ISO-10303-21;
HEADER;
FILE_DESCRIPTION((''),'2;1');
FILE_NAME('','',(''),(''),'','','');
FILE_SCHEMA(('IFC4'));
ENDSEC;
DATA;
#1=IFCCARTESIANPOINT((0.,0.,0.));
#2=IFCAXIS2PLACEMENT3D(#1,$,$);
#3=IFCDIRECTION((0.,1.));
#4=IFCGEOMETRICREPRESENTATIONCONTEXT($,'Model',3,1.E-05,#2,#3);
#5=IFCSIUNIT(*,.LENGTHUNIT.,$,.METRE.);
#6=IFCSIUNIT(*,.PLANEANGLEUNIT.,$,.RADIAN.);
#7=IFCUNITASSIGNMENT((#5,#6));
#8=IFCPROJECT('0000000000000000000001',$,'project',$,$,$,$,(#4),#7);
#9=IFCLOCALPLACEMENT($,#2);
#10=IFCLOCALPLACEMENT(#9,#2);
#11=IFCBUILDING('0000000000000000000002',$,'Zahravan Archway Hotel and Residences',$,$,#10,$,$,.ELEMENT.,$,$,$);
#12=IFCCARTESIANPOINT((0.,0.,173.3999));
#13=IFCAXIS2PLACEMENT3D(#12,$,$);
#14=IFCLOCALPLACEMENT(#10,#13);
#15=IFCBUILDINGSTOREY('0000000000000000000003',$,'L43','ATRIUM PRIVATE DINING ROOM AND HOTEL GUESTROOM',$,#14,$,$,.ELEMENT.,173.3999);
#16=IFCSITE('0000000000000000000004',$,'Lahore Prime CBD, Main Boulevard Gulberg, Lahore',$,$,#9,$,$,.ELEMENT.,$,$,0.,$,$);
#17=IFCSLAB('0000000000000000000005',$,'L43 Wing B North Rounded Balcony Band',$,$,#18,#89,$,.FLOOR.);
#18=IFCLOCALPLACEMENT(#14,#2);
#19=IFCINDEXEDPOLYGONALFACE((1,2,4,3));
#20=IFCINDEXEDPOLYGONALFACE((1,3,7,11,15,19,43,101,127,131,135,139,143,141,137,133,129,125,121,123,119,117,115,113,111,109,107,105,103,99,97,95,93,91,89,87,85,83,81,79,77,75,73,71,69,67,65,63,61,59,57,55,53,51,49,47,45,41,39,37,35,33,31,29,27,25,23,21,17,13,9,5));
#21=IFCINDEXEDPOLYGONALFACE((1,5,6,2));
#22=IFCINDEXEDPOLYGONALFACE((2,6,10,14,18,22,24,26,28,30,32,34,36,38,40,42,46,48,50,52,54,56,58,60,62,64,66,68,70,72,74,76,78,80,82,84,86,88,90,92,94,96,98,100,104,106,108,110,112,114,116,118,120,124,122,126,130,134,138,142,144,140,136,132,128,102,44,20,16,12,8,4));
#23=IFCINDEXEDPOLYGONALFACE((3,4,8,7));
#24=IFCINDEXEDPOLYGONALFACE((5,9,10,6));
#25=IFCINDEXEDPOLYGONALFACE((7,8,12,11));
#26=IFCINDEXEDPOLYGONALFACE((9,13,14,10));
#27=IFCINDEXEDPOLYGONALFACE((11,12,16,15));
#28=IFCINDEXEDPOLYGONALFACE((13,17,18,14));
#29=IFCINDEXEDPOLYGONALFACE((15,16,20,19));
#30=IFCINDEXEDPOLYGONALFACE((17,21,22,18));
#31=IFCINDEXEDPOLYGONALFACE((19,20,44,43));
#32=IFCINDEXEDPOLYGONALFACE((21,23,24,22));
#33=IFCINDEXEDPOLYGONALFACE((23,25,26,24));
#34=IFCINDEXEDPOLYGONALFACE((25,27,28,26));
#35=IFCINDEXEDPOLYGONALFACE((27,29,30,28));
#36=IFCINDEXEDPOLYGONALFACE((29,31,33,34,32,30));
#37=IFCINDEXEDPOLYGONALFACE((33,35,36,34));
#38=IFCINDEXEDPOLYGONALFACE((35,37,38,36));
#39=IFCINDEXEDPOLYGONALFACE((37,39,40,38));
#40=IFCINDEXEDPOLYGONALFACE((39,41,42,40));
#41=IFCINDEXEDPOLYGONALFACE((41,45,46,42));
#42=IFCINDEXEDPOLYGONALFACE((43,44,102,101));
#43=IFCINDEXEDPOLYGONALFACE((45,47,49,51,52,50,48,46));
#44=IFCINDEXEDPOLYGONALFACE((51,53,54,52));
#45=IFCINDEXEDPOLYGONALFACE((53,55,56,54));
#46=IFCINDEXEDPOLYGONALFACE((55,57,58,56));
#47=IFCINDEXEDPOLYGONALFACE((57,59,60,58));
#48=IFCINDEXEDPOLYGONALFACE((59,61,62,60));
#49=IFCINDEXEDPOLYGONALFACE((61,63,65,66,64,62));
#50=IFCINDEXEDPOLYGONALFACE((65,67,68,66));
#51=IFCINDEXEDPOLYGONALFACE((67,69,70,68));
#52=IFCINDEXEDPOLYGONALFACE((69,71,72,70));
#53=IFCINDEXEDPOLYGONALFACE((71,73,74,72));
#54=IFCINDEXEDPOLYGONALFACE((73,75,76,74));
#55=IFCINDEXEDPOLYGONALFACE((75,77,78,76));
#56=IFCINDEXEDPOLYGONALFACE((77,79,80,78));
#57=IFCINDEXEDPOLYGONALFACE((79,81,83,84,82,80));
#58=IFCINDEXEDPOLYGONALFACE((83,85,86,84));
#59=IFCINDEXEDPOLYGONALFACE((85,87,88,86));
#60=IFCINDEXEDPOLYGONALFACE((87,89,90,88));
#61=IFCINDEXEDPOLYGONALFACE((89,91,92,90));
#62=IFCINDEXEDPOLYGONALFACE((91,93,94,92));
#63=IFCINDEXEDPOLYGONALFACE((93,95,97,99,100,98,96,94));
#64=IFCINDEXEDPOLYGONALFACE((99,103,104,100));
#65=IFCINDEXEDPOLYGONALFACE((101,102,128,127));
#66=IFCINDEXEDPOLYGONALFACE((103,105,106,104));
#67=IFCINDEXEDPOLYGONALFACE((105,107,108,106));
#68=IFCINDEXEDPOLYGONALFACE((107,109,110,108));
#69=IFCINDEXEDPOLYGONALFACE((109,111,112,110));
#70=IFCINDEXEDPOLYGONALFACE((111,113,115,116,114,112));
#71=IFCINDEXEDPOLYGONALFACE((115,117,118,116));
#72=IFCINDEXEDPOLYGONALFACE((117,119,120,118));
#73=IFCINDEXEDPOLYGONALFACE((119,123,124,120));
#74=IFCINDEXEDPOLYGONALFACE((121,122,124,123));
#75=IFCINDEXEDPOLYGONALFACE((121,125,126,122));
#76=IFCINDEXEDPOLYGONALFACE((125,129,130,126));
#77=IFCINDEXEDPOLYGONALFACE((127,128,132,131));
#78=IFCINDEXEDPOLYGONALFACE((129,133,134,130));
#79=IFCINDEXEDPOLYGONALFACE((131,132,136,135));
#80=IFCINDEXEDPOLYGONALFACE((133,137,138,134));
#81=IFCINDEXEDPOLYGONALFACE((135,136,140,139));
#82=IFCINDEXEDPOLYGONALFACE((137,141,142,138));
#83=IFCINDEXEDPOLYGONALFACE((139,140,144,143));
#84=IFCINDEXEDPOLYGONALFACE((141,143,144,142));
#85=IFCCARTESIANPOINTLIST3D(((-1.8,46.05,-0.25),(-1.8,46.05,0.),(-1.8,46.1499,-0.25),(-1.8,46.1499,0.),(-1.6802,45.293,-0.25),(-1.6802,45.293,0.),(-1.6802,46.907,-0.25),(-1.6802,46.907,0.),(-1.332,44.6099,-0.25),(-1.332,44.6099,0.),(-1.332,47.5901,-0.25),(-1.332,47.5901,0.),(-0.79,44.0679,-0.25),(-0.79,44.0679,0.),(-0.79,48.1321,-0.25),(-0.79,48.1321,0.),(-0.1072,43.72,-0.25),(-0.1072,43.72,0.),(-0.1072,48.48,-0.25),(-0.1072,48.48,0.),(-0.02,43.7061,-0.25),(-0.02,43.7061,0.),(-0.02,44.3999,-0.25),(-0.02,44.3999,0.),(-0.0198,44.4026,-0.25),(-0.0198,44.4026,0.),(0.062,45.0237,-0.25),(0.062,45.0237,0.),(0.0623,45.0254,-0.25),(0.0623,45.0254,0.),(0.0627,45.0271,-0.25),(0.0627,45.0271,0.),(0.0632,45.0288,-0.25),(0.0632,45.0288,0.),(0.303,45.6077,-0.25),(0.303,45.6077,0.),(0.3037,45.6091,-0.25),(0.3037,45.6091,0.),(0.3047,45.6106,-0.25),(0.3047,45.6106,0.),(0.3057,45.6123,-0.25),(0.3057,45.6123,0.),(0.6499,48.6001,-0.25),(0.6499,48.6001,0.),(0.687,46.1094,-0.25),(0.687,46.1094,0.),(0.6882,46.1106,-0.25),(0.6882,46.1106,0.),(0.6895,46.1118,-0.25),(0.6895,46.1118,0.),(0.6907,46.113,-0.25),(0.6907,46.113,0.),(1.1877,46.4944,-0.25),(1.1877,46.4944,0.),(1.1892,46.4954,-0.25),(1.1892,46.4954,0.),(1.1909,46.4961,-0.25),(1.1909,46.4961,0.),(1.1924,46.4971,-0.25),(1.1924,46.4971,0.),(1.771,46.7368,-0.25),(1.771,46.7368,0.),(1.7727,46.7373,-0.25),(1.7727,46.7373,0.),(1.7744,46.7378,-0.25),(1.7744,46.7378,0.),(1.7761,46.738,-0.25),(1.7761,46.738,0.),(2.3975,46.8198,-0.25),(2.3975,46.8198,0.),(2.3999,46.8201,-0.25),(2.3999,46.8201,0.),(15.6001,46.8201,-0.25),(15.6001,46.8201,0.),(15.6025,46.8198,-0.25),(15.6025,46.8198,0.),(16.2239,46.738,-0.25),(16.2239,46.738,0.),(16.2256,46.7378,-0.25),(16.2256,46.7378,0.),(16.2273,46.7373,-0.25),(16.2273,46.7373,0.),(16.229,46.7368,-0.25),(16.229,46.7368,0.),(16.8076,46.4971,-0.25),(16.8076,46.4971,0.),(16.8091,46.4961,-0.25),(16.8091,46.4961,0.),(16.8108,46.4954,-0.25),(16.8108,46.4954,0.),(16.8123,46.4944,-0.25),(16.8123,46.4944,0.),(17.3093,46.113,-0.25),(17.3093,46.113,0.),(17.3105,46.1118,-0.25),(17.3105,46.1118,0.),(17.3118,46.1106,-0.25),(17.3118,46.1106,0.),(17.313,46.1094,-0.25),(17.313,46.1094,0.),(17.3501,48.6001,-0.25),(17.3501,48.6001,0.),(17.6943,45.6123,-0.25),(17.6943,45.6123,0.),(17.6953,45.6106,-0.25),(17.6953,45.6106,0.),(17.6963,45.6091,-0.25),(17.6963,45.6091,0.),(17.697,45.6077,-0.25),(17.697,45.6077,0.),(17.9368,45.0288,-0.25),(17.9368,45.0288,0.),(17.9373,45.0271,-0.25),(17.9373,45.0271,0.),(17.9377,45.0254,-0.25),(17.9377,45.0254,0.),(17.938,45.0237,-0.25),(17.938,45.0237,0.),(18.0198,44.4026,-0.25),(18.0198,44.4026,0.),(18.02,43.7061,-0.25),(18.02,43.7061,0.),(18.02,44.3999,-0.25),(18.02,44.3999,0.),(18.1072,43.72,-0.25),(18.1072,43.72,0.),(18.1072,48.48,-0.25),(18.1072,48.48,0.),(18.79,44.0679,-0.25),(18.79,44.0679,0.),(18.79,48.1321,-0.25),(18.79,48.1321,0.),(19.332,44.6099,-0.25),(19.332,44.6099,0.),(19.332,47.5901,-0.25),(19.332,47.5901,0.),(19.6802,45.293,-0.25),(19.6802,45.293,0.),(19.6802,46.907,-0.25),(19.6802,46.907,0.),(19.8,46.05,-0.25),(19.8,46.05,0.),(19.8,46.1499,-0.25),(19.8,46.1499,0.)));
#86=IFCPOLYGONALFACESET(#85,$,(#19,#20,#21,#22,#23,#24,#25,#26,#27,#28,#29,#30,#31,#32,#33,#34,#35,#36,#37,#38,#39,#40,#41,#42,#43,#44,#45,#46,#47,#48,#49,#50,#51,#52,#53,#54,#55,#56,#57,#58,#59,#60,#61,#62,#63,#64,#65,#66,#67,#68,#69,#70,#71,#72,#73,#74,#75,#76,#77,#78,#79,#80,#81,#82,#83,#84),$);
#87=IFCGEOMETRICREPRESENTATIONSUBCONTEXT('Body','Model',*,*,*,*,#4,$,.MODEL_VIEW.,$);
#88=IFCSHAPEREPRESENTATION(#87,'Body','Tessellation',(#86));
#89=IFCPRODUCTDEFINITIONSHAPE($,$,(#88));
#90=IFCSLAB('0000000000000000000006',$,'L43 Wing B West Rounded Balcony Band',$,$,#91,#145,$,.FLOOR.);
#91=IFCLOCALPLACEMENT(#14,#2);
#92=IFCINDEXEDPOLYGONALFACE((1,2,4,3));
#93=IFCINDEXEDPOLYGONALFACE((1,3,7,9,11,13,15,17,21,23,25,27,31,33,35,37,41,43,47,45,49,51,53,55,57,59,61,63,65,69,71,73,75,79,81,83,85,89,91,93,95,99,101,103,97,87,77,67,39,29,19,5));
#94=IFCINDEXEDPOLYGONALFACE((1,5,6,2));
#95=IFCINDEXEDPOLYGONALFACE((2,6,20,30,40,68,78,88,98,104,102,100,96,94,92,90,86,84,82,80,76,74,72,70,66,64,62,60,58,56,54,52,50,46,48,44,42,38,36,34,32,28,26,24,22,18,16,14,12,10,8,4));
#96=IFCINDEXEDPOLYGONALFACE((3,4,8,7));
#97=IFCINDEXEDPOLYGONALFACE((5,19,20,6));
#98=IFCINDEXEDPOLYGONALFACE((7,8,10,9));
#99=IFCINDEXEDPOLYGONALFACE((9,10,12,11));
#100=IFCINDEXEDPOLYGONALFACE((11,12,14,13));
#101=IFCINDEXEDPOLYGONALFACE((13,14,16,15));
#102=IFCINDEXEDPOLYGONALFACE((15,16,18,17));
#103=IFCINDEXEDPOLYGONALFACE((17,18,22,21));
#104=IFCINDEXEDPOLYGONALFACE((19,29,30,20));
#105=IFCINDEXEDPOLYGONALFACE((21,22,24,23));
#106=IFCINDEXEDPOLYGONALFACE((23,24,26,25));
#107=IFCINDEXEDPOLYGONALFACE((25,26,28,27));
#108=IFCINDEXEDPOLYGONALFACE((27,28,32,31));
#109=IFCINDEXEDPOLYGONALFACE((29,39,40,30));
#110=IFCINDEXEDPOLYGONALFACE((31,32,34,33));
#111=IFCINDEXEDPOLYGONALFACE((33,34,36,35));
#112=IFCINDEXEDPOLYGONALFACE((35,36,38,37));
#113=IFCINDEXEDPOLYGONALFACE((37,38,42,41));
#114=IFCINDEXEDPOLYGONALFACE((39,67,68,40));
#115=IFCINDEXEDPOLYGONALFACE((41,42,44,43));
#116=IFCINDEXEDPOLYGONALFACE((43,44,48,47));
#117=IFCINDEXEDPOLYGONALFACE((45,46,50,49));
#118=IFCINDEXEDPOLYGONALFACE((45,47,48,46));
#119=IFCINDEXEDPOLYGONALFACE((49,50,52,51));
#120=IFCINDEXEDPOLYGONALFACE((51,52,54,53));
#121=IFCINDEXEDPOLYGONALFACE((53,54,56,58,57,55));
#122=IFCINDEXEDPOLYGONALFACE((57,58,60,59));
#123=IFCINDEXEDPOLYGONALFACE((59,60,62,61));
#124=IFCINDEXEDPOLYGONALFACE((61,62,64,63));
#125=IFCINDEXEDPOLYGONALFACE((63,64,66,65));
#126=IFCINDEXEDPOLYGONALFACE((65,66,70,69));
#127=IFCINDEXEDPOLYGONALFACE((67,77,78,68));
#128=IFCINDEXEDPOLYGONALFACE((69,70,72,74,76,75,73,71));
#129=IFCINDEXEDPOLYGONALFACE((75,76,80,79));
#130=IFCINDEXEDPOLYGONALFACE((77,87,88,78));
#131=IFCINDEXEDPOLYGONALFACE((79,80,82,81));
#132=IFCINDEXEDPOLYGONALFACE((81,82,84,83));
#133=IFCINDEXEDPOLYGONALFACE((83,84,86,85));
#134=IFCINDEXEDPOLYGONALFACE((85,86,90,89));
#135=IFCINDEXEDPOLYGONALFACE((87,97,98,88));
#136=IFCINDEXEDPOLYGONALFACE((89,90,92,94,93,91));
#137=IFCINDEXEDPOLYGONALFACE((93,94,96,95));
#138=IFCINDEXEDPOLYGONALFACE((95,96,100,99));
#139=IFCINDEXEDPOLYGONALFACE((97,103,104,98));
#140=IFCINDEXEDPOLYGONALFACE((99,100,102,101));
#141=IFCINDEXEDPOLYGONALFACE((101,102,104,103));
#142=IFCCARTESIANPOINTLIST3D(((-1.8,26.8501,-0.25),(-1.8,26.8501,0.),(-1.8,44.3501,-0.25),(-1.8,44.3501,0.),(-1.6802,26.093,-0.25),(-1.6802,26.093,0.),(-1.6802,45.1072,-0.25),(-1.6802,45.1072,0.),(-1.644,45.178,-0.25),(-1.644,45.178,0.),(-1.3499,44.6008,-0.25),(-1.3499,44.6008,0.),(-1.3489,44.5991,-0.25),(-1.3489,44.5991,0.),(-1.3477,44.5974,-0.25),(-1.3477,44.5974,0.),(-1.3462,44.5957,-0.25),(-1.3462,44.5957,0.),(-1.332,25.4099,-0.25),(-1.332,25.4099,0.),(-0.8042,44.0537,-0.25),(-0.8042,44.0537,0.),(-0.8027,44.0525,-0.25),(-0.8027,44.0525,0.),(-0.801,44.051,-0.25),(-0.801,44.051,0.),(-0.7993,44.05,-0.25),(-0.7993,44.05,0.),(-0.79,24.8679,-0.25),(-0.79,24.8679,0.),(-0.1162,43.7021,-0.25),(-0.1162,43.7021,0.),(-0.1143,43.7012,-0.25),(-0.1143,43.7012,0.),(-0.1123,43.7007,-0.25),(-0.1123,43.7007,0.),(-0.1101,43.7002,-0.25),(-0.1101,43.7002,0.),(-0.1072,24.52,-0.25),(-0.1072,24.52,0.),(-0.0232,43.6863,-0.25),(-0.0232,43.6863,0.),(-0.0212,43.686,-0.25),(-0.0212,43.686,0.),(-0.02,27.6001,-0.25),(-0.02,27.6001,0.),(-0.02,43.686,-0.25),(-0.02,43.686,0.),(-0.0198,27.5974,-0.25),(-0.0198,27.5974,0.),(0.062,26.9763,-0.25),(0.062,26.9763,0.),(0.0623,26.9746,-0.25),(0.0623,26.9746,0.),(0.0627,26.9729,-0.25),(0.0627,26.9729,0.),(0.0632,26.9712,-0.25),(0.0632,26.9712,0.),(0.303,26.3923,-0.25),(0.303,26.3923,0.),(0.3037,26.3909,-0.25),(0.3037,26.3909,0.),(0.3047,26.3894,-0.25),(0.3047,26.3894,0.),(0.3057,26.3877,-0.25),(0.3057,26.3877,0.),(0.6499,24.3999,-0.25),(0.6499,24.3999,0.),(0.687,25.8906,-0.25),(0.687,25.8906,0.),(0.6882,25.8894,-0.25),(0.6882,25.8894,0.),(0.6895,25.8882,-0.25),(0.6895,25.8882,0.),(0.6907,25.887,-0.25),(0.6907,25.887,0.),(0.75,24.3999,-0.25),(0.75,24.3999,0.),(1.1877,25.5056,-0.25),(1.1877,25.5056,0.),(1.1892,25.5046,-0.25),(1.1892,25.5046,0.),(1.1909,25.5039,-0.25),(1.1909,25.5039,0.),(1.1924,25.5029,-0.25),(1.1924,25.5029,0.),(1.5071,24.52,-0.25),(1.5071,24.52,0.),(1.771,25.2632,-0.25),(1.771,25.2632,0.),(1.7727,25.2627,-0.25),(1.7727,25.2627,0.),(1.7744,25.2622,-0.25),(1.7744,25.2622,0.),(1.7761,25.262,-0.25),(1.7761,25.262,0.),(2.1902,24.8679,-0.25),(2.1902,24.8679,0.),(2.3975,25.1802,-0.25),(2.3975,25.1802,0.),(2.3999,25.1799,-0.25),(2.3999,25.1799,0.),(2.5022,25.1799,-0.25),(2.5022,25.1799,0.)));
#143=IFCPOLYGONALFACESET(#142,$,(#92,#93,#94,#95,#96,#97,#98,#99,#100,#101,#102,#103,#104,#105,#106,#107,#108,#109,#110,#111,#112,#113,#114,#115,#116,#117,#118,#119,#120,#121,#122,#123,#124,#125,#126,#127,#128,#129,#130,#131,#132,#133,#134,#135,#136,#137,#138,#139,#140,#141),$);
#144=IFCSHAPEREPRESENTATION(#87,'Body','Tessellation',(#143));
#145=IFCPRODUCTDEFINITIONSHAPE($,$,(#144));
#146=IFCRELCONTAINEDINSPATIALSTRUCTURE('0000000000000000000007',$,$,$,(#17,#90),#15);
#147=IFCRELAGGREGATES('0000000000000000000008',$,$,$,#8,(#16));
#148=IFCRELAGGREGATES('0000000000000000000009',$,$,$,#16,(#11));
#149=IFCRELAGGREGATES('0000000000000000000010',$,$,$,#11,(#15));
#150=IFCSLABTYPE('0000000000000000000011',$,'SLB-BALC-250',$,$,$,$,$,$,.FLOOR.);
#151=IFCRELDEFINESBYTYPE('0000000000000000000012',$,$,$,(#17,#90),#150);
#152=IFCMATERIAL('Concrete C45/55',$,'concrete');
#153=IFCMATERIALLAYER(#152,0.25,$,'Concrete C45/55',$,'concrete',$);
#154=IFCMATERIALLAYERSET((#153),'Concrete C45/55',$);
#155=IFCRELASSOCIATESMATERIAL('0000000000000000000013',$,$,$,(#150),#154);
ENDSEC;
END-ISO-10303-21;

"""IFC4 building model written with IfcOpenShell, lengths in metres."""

from ifc_helpers import new_model, si_unit, direction, frame, origin, place, context, subcontext, project, spatial, polyline, outline, extrude, material, layer, layer_set, type_object, element, save


model = new_model("IFC4")

# Units and contexts
model_context = context("Model", 3, precision=1e-05, world=origin(), true_north=direction((0.0, 1.0)))
body_context = subcontext(model_context, "Body", "Model", "MODEL_VIEW")
ifc_project = project(units=[si_unit("LENGTHUNIT", "METRE"), si_unit("PLANEANGLEUNIT", "RADIAN")], contexts=[model_context])

# Site, building, storey
site_placement = place(None, origin())
site = spatial("IfcSite", under=ifc_project, at=site_placement, Name="Lahore Prime CBD, Main Boulevard Gulberg, Lahore", CompositionType="ELEMENT", RefElevation=0.0)
building_placement = place(site_placement, origin())
building = spatial("IfcBuilding", under=site, at=building_placement, Name="Zahravan Archway Hotel and Residences", CompositionType="ELEMENT")
storey_placement = place(building_placement, frame((0.0, 0.0, 173.3999)))
storey = spatial("IfcBuildingStorey", under=building, at=storey_placement, Name="L43", Description="ATRIUM PRIVATE DINING ROOM AND HOTEL GUESTROOM", CompositionType="ELEMENT", Elevation=173.3999)

# Slabs
ifc_material_1 = material(Name="Concrete C45/55", Category="concrete")
ifc_layer_1 = layer(ifc_material_1, 0.25, Name="Concrete C45/55", Category="concrete")
ifc_layer_set_1 = layer_set([ifc_layer_1], Name="Concrete C45/55")
slab_type_1 = type_object("IfcSlabType", Name="SLB-BALC-250", PredefinedType="FLOOR", material=ifc_layer_set_1)
slab_1_placement = place(storey_placement, frame((0.0, 0.0, -0.25)))
element("IfcSlab", 1, at=slab_1_placement, inside=storey, type_object=slab_type_1, Name="L43 Wing B North Rounded Balcony Band", PredefinedType="FLOOR", context=body_context, shape_type="SweptSolid", body=[
    extrude(outline(polyline([(-0.1072, 43.72), (-0.79, 44.0679), (-1.332, 44.6099), (-1.6802, 45.293), (-1.8, 46.05), (-1.8, 46.1499), (-1.6802, 46.907), (-1.332, 47.5901), (-0.79, 48.1321), (-0.1072, 48.48), (0.6499, 48.6001), (17.3501, 48.6001), (18.1072, 48.48), (18.79, 48.1321), (19.332, 47.5901), (19.6802, 46.907), (19.8, 46.1499), (19.8, 46.05), (19.6802, 45.293), (19.332, 44.6099), (18.79, 44.0679), (18.1072, 43.72), (18.02, 43.7061), (18.02, 44.3999), (18.0198, 44.4026), (17.938, 45.0237), (17.9377, 45.0254), (17.9373, 45.0271), (17.9368, 45.0288), (17.697, 45.6077), (17.6963, 45.6091), (17.6953, 45.6106), (17.6943, 45.6123), (17.313, 46.1094), (17.3118, 46.1106), (17.3105, 46.1118), (17.3093, 46.113), (16.8123, 46.4944), (16.8108, 46.4954), (16.8091, 46.4961), (16.8076, 46.4971), (16.229, 46.7368), (16.2273, 46.7373), (16.2256, 46.7378), (16.2239, 46.738), (15.6025, 46.8198), (15.6001, 46.8201), (2.3999, 46.8201), (2.3975, 46.8198), (1.7761, 46.738), (1.7744, 46.7378), (1.7727, 46.7373), (1.771, 46.7368), (1.1924, 46.4971), (1.1909, 46.4961), (1.1892, 46.4954), (1.1877, 46.4944), (0.6907, 46.113), (0.6895, 46.1118), (0.6882, 46.1106), (0.687, 46.1094), (0.3057, 45.6123), (0.3047, 45.6106), (0.3037, 45.6091), (0.303, 45.6077), (0.0632, 45.0288), (0.0627, 45.0271), (0.0623, 45.0254), (0.062, 45.0237), (-0.0198, 44.4026), (-0.02, 44.3999), (-0.02, 43.7061), (-0.1072, 43.72)])), origin(), (0.0, 0.0, 1.0), 0.25),
])
slab_2_placement = place(storey_placement, frame((0.0, 0.0, -0.25)))
element("IfcSlab", 2, at=slab_2_placement, inside=storey, type_object=slab_type_1, Name="L43 Wing B West Rounded Balcony Band", PredefinedType="FLOOR", context=body_context, shape_type="SweptSolid", body=[
    extrude(outline(polyline([(2.1902, 24.8679), (1.5071, 24.52), (0.75, 24.3999), (0.6499, 24.3999), (-0.1072, 24.52), (-0.79, 24.8679), (-1.332, 25.4099), (-1.6802, 26.093), (-1.8, 26.8501), (-1.8, 44.3501), (-1.6802, 45.1072), (-1.644, 45.178), (-1.3499, 44.6008), (-1.3489, 44.5991), (-1.3477, 44.5974), (-1.3462, 44.5957), (-0.8042, 44.0537), (-0.8027, 44.0525), (-0.801, 44.051), (-0.7993, 44.05), (-0.1162, 43.7021), (-0.1143, 43.7012), (-0.1123, 43.7007), (-0.1101, 43.7002), (-0.0232, 43.6863), (-0.0212, 43.686), (-0.02, 43.686), (-0.02, 27.6001), (-0.0198, 27.5974), (0.062, 26.9763), (0.0623, 26.9746), (0.0627, 26.9729), (0.0632, 26.9712), (0.303, 26.3923), (0.3037, 26.3909), (0.3047, 26.3894), (0.3057, 26.3877), (0.687, 25.8906), (0.6882, 25.8894), (0.6895, 25.8882), (0.6907, 25.887), (1.1877, 25.5056), (1.1892, 25.5046), (1.1909, 25.5039), (1.1924, 25.5029), (1.771, 25.2632), (1.7727, 25.2627), (1.7744, 25.2622), (1.7761, 25.262), (2.3975, 25.1802), (2.3999, 25.1799), (2.5022, 25.1799), (2.1902, 24.8679)])), origin(), (0.0, 0.0, 1.0), 0.25),
])

save(model, "model.ifc")
